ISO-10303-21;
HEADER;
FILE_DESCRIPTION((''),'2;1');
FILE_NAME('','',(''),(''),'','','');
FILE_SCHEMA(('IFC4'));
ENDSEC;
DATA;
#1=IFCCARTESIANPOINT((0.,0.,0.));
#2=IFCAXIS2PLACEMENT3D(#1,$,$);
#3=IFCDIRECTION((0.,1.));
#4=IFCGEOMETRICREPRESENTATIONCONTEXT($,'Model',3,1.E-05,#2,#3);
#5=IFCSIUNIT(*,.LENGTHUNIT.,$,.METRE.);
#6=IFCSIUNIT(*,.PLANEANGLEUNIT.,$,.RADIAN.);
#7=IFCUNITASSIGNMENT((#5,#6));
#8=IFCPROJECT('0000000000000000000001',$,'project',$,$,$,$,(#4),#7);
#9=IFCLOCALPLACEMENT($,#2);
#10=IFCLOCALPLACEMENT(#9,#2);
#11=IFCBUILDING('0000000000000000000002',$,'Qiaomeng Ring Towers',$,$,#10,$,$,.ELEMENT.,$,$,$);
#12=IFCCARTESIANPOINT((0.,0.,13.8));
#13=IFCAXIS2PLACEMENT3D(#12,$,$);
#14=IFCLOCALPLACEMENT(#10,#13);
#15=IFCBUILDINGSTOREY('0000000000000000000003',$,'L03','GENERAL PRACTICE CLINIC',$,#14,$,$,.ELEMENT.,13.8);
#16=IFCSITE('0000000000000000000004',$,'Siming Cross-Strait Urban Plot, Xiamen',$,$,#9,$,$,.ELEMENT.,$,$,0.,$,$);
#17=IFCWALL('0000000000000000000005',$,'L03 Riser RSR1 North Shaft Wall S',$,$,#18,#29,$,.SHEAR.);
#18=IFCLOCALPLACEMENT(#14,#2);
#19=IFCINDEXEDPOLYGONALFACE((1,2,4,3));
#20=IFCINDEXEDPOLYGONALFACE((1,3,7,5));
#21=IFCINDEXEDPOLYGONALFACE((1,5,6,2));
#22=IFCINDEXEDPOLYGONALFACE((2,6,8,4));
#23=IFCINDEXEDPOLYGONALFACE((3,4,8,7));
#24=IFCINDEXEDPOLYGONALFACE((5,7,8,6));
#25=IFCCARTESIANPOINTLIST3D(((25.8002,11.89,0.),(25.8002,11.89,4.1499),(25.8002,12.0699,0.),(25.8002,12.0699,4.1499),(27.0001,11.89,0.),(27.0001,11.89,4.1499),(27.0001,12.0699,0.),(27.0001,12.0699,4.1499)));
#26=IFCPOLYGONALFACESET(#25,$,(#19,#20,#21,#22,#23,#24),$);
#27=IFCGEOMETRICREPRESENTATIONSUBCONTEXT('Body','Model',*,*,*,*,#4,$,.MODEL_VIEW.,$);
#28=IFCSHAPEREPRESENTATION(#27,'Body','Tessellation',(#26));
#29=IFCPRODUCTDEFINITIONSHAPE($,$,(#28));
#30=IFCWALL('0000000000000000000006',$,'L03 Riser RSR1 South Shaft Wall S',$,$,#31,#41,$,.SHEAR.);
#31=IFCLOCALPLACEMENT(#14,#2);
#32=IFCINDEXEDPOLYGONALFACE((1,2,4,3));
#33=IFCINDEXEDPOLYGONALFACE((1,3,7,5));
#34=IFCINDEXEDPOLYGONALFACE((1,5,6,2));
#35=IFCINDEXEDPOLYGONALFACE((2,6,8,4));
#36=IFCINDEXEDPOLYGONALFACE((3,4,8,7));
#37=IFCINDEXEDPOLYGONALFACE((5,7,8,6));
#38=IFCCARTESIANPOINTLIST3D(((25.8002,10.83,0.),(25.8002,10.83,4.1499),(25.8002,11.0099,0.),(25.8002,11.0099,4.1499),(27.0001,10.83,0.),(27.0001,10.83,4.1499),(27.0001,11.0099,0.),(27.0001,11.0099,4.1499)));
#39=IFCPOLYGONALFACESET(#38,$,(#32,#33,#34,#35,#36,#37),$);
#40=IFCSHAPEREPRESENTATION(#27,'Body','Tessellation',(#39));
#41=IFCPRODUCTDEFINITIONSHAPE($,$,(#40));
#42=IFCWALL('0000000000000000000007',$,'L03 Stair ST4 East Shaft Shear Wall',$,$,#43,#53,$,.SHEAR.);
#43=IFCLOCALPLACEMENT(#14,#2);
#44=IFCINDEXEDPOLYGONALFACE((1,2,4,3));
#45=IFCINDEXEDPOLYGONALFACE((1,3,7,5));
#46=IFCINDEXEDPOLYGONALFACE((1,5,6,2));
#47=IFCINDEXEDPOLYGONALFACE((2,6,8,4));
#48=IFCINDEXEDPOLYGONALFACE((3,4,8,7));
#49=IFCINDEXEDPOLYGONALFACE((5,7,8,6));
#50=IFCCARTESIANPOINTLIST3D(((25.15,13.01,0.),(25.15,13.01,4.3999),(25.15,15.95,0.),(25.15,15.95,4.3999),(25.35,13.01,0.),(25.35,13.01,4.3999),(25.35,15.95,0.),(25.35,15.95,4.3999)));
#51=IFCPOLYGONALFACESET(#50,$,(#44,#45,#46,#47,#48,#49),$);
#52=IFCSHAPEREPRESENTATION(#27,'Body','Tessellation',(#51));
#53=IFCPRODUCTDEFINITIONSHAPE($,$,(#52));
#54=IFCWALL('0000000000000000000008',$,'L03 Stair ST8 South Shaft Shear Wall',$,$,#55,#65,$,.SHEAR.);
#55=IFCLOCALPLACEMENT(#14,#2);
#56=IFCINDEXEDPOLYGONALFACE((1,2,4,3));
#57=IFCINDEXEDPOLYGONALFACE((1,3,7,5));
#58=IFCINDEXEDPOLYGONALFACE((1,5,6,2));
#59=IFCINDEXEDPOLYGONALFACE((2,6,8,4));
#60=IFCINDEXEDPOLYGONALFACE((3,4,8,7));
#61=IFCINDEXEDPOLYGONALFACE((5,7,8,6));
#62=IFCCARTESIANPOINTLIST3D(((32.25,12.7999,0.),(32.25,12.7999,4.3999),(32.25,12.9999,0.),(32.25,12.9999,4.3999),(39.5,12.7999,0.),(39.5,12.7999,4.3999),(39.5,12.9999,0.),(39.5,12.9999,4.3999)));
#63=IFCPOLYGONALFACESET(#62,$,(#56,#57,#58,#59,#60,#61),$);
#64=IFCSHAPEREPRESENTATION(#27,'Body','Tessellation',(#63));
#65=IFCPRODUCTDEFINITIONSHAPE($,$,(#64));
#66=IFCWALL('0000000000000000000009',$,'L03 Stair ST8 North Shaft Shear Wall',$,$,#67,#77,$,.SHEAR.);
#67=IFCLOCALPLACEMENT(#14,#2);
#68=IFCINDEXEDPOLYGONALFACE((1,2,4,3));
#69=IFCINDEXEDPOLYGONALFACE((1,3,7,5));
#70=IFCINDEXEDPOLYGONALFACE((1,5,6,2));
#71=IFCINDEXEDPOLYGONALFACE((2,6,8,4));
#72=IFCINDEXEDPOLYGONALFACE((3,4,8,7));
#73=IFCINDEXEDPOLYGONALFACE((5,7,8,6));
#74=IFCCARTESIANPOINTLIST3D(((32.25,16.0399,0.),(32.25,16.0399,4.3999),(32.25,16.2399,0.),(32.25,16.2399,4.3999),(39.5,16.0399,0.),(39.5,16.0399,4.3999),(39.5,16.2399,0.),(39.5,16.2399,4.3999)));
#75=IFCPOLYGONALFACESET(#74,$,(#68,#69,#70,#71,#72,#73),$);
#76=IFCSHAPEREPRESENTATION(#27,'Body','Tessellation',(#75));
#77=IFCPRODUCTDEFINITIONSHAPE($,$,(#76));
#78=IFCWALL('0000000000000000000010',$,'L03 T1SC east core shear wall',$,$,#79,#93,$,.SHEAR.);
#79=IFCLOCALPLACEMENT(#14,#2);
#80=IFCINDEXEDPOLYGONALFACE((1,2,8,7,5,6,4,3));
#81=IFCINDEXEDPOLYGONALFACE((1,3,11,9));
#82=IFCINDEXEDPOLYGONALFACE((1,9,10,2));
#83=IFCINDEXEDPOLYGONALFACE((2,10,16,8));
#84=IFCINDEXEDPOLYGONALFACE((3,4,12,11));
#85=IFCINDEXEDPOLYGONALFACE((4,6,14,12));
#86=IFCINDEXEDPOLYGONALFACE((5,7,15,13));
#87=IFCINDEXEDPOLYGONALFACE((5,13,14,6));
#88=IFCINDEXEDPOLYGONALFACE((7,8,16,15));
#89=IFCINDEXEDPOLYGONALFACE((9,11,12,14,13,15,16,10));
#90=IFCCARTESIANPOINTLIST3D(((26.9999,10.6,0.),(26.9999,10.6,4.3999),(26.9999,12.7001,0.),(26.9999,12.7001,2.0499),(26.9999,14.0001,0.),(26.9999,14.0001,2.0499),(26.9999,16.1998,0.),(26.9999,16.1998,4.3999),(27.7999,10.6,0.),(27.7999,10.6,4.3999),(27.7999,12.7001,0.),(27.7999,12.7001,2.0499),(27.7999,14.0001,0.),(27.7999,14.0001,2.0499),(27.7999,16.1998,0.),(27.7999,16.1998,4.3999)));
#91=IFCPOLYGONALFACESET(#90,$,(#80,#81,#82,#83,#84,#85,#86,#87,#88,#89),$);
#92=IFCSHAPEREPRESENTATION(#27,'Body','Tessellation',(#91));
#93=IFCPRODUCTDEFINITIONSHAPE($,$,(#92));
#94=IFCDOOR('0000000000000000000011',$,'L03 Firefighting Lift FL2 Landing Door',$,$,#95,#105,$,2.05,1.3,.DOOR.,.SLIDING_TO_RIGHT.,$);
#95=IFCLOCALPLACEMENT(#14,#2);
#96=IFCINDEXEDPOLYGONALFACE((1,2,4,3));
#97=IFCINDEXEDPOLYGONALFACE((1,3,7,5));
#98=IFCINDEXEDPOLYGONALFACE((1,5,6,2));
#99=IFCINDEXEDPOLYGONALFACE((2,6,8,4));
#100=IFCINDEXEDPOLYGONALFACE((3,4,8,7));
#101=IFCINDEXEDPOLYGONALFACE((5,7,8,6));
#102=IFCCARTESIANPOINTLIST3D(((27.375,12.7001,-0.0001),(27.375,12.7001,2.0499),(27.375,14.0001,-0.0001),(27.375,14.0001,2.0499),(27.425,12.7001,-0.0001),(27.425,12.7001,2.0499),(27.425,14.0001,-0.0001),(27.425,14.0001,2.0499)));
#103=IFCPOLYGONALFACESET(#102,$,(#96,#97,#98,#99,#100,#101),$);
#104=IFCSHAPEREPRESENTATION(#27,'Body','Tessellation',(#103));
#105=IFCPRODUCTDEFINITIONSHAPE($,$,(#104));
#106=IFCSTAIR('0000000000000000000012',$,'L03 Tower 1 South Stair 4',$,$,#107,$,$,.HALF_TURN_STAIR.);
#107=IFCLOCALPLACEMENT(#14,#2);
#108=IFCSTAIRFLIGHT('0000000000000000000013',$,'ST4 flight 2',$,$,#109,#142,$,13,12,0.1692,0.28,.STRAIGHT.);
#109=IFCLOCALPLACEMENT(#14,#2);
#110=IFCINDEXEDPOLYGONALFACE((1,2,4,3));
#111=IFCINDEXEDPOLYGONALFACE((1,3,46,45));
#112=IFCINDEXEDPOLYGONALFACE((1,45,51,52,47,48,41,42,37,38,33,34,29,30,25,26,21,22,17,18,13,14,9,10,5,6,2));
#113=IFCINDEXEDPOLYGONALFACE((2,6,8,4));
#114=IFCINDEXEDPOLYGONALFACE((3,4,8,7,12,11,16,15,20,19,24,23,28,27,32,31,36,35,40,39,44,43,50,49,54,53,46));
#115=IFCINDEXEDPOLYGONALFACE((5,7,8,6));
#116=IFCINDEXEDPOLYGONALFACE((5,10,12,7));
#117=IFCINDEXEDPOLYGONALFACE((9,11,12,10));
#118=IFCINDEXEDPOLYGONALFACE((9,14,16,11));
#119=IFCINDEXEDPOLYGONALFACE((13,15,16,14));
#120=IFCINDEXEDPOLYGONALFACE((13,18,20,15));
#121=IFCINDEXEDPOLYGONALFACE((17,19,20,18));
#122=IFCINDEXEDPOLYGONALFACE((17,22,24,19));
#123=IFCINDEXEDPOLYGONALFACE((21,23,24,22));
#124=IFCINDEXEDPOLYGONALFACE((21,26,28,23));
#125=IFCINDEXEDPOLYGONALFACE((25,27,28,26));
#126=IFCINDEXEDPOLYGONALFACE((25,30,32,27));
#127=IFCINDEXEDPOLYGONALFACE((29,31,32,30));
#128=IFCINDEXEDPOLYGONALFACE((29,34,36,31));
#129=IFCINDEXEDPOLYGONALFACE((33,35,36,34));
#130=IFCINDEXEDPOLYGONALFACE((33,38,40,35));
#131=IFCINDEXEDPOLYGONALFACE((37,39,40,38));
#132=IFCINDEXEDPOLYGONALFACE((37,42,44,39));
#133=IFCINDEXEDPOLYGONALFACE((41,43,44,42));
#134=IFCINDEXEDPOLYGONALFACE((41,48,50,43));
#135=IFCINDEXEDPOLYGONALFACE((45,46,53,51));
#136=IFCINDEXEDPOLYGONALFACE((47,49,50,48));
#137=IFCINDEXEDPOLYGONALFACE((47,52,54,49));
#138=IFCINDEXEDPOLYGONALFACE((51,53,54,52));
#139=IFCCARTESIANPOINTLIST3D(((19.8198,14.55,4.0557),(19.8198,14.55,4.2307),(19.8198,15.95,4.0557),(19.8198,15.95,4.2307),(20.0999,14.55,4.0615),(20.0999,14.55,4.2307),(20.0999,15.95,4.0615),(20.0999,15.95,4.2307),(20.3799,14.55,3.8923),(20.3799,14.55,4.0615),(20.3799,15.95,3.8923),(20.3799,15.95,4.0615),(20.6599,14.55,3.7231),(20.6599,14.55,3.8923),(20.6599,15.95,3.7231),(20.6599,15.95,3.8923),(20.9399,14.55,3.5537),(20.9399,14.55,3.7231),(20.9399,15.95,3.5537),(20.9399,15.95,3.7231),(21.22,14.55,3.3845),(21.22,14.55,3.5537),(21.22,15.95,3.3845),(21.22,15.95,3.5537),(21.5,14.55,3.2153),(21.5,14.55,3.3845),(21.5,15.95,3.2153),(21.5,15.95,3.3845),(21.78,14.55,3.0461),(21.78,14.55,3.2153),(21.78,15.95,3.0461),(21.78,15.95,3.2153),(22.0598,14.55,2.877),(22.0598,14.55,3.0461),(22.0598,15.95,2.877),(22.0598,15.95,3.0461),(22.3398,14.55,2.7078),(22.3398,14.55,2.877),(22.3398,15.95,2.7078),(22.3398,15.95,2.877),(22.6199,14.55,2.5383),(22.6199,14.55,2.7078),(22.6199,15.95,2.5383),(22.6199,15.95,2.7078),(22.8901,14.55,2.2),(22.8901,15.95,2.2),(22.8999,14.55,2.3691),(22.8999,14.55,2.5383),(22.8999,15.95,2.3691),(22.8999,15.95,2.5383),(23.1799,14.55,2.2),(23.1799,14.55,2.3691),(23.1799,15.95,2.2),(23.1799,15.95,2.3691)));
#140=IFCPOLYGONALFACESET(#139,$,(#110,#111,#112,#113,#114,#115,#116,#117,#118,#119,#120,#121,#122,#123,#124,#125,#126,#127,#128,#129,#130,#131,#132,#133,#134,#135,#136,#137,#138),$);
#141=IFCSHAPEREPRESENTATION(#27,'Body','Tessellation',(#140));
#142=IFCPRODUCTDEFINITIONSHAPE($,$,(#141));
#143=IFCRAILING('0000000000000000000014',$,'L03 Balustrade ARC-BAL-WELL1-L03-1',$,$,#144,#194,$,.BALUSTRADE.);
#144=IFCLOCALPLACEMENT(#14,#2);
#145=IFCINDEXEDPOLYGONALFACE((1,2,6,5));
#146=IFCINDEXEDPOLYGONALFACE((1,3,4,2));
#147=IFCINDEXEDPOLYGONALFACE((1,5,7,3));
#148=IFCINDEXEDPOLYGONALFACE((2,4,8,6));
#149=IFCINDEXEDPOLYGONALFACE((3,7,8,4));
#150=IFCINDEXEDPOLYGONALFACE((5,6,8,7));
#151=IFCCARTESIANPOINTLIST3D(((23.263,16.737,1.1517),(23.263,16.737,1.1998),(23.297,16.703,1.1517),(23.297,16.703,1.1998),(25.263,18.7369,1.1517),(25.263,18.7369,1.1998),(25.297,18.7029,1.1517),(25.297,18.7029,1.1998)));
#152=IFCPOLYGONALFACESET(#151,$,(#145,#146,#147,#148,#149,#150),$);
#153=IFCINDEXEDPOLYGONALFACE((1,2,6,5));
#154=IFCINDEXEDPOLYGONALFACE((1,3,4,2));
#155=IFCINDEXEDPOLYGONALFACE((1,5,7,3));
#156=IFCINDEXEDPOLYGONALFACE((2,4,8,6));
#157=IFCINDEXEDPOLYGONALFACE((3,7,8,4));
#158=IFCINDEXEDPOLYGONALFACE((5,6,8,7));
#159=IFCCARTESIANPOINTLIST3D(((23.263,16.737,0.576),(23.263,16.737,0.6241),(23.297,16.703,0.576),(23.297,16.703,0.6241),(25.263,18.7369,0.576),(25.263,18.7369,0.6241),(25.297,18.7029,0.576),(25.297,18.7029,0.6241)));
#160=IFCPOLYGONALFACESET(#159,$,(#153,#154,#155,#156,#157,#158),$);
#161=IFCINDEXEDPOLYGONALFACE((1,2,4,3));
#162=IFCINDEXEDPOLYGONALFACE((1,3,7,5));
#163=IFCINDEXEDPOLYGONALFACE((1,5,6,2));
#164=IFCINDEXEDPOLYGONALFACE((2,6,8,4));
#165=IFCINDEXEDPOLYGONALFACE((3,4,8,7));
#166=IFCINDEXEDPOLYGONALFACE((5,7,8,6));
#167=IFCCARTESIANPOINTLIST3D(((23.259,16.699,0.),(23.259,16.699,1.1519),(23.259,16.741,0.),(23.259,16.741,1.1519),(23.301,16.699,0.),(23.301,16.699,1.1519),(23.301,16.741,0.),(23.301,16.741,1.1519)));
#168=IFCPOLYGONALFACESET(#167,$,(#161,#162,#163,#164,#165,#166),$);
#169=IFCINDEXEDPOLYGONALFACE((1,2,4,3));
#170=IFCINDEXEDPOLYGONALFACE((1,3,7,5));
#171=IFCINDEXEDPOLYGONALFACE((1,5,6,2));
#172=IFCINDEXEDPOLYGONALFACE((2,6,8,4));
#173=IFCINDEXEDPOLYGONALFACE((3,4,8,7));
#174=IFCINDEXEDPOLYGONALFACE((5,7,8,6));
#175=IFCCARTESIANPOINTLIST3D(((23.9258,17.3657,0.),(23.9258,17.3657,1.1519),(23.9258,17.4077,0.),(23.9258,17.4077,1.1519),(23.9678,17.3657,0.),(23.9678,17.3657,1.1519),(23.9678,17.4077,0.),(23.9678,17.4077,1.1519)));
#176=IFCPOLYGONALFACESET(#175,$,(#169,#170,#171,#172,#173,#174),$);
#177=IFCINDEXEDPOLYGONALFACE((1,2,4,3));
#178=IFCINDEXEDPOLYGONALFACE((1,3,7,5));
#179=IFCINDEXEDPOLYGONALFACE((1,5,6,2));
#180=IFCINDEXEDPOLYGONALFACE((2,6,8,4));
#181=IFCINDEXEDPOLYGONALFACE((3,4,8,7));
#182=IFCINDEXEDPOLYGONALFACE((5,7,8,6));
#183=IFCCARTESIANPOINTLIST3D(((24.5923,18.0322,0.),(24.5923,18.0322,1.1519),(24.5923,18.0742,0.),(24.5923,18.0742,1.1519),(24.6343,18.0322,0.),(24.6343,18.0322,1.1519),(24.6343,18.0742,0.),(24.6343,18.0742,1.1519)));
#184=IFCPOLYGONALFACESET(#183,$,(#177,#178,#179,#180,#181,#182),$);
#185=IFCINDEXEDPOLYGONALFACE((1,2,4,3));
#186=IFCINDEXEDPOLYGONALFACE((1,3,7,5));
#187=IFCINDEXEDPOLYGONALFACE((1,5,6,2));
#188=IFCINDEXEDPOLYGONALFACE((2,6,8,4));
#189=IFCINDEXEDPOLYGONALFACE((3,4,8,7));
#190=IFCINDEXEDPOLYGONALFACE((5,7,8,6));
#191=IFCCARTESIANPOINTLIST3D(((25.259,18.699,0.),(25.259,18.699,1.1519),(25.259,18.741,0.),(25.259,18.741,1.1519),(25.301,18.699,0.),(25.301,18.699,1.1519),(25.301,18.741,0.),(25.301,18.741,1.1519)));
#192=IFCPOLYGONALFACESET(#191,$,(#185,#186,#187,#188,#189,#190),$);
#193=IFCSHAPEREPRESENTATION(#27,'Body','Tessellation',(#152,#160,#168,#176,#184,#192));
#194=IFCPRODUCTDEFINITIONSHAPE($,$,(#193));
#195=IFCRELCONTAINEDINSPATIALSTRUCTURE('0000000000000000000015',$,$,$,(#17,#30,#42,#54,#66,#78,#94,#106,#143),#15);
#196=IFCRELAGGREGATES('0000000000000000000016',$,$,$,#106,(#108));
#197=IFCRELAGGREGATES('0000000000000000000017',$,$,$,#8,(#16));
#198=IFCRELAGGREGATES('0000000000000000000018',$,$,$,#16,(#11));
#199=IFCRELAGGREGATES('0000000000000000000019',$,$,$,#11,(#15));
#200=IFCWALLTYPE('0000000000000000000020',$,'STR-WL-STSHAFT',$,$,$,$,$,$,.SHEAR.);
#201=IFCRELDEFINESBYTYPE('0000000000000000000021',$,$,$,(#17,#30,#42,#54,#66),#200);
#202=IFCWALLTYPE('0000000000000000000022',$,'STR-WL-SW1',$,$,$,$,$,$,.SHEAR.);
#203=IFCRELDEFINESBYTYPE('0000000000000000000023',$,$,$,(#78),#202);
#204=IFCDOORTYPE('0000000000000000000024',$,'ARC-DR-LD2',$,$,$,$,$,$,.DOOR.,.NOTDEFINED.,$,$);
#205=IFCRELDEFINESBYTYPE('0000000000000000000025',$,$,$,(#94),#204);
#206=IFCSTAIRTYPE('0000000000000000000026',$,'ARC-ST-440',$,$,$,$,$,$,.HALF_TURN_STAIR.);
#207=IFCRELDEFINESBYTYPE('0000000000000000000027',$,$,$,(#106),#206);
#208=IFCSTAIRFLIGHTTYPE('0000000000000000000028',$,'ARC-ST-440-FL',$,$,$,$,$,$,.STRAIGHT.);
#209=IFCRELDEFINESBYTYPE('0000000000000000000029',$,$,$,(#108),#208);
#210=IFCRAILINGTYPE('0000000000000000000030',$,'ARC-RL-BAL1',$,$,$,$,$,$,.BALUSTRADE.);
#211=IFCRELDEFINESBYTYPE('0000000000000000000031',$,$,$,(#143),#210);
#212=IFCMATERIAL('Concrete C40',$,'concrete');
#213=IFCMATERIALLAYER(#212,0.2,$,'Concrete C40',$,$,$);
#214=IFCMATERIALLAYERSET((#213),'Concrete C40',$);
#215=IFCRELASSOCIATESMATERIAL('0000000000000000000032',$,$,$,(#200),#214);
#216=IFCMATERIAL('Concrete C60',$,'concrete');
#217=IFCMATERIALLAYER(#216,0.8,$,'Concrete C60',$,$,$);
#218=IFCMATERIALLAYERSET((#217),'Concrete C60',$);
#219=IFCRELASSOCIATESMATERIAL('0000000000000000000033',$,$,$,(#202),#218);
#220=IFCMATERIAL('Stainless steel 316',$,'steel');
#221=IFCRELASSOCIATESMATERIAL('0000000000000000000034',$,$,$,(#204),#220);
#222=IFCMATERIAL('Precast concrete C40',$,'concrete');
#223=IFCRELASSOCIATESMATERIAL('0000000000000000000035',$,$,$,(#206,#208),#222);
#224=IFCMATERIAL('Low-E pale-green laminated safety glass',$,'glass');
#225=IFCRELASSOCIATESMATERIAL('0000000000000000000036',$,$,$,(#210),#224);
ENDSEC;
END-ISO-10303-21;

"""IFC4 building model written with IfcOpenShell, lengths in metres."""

from ifc_helpers import new_model, si_unit, direction, frame, frame_2d, origin, origin_2d, place, context, subcontext, project, spatial, polyline, rectangle, outline, extrude, source, transform, mapped, material, layer, layer_set, type_object, element, fill, aggregate, save


model = new_model("IFC4")

# Units and contexts
model_context = context("Model", 3, precision=1e-05, world=origin(), true_north=direction((0.0, 1.0)))
body_context = subcontext(model_context, "Body", "Model", "MODEL_VIEW")
ifc_project = project(units=[si_unit("LENGTHUNIT", "METRE"), si_unit("PLANEANGLEUNIT", "RADIAN")], contexts=[model_context])

# Site, building, storey
site_placement = place(None, origin())
site = spatial("IfcSite", under=ifc_project, at=site_placement, Name="Siming Cross-Strait Urban Plot, Xiamen", CompositionType="ELEMENT", RefElevation=0.0)
building_placement = place(site_placement, origin())
building = spatial("IfcBuilding", under=site, at=building_placement, Name="Qiaomeng Ring Towers", CompositionType="ELEMENT")
storey_placement = place(building_placement, frame((0.0, 0.0, 13.8)))
storey = spatial("IfcBuildingStorey", under=building, at=storey_placement, Name="L03", Description="GENERAL PRACTICE CLINIC", CompositionType="ELEMENT", Elevation=13.8)

# Shared definitions
ifc_material_1 = material(Name="Concrete C60", Category="concrete")

# Shared definitions
ifc_material_2 = material(Name="Concrete C40", Category="concrete")

# Walls
ifc_layer_1 = layer(ifc_material_2, 0.2, Name="Concrete C40")
ifc_layer_set_1 = layer_set([ifc_layer_1], Name="Concrete C40")
wall_type_1 = type_object("IfcWallType", Name="STR-WL-STSHAFT", PredefinedType="SHEAR", material=ifc_layer_set_1)
for number, where, z_axis, x_axis, name in (
    (1, (25.8, 11.98, 0.0), (0.0, 0.0, 1.0), (1.0, 0.0, 0.0), "L03 Riser RSR1 North Shaft Wall S"),
    (2, (25.8, 10.9199, 0.0), (0.0, 0.0, 1.0), (1.0, 0.0, 0.0), "L03 Riser RSR1 South Shaft Wall S"),
):
    element("IfcWall", number, at=place(storey_placement, frame(where, z_axis=z_axis, x_axis=x_axis)), inside=storey, type_object=wall_type_1, Name=name, PredefinedType="SHEAR", context=body_context, shape_type="SweptSolid", body=[
        extrude(rectangle(XDim=1.2, YDim=0.1799, at=frame_2d((0.6001, 0.0))), origin(), (0.0, 0.0, 1.0), 4.1499),
    ])
wall_1_placement = place(storey_placement, frame((25.25, 13.01, 0.0), z_axis=(0.0, 0.0, 1.0), x_axis=(0.0, 1.0, 0.0)))
element("IfcWall", 3, at=wall_1_placement, inside=storey, type_object=wall_type_1, Name="L03 Stair ST4 East Shaft Shear Wall", PredefinedType="SHEAR", context=body_context, shape_type="SweptSolid", body=[
    extrude(rectangle(XDim=2.9399, YDim=0.2, at=frame_2d((1.47, 0.0))), origin(), (0.0, 0.0, 1.0), 4.3999),
])
for number, where, z_axis, x_axis, name in (
    (4, (32.25, 12.8999, 0.0), (0.0, 0.0, 1.0), (1.0, 0.0, 0.0), "L03 Stair ST8 South Shaft Shear Wall"),
    (5, (32.25, 16.1399, 0.0), (0.0, 0.0, 1.0), (1.0, 0.0, 0.0), "L03 Stair ST8 North Shaft Shear Wall"),
):
    element("IfcWall", number, at=place(storey_placement, frame(where, z_axis=z_axis, x_axis=x_axis)), inside=storey, type_object=wall_type_1, Name=name, PredefinedType="SHEAR", context=body_context, shape_type="SweptSolid", body=[
        extrude(rectangle(XDim=7.25, YDim=0.2, at=frame_2d((3.625, 0.0))), origin(), (0.0, 0.0, 1.0), 4.3999),
    ])

# Wall, opening, door
ifc_layer_2 = layer(ifc_material_1, 0.8, Name="Concrete C60")
ifc_layer_set_2 = layer_set([ifc_layer_2], Name="Concrete C60")
wall_type_2 = type_object("IfcWallType", Name="STR-WL-SW1", PredefinedType="SHEAR", material=ifc_layer_set_2)
wall_2_placement = place(storey_placement, frame((27.3999, 10.6001, 0.0), z_axis=(0.0, 0.0, 1.0), x_axis=(0.0, 1.0, 0.0)))
wall_2 = element("IfcWall", 6, at=wall_2_placement, inside=storey, type_object=wall_type_2, Name="L03 T1SC east core shear wall", PredefinedType="SHEAR", context=body_context, shape_type="SweptSolid", body=[
    extrude(rectangle(XDim=5.5999, YDim=0.8, at=frame_2d((2.7998, 0.0))), origin(), (0.0, 0.0, 1.0), 4.3999),
])
opening_1_placement = place(wall_2_placement, frame((2.1001, 0.0, 0.0)))
opening_1 = element("IfcOpeningElement", 7, at=opening_1_placement, cuts=wall_2, PredefinedType="OPENING", context=body_context, shape_type="SweptSolid", body=[
    extrude(rectangle(XDim=1.3, YDim=2.05, at=frame_2d((0.6499, 1.0249))), frame((0.0, 0.4099, 0.0), z_axis=(0.0, -1.0, 0.0), x_axis=(1.0, 0.0, 0.0)), (0.0, 0.0, 1.0), 0.8201),
])
ifc_material_3 = material(Name="Stainless steel 316", Category="steel")
door_type_1 = type_object("IfcDoorType", Name="ARC-DR-LD2", OperationType="NOTDEFINED", PredefinedType="DOOR", material=ifc_material_3)
shared_shape_1 = source(origin(), body_context, "Body", "SweptSolid", [
    extrude(rectangle(XDim=1.3, YDim=2.05, at=frame_2d((0.6499, 1.0249))), frame((0.0, 0.0249, 0.0), z_axis=(0.0, -1.0, 0.0), x_axis=(1.0, 0.0, 0.0)), (0.0, 0.0, 1.0), 0.05),
])
door_1_placement = place(opening_1_placement, origin())
door_1 = element("IfcDoor", 8, at=door_1_placement, inside=storey, type_object=door_type_1, Name="L03 Firefighting Lift FL2 Landing Door", OperationType="SLIDING_TO_RIGHT", OverallHeight=2.05, OverallWidth=1.3, PredefinedType="DOOR", context=body_context, shape_type="MappedRepresentation", body=[
    mapped(shared_shape_1, transform((0.0, 0.0, 0.0), x_axis=(1.0, 0.0, 0.0), y_axis=(0.0, 1.0, 0.0), z_axis=(0.0, 0.0, 1.0), scale=1.0)),
])
fill(opening_1, door_1)

# Stair, stair flight
ifc_material_4 = material(Name="Precast concrete C40", Category="concrete")
stair_type = type_object("IfcStairType", Name="ARC-ST-440", PredefinedType="HALF_TURN_STAIR", material=ifc_material_4)
stair_placement = place(storey_placement, origin())
stair = element("IfcStair", 9, at=stair_placement, inside=storey, type_object=stair_type, Name="L03 Tower 1 South Stair 4", PredefinedType="HALF_TURN_STAIR")
stair_flight_type = type_object("IfcStairFlightType", Name="ARC-ST-440-FL", PredefinedType="STRAIGHT", material=ifc_material_4)
shared_shape_2 = source(origin(), body_context, "Body", "SweptSolid", [
    extrude(outline(polyline([(0.0, 0.0), (0.0, 0.1692), (0.28, 0.1692), (0.28, 0.3384), (0.5601, 0.3384), (0.5601, 0.5078), (0.8401, 0.5078), (0.8401, 0.677), (1.1201, 0.677), (1.1201, 0.8462), (1.3999, 0.8462), (1.3999, 1.0154), (1.6799, 1.0154), (1.6799, 1.1846), (1.96, 1.1846), (1.96, 1.3538), (2.24, 1.3538), (2.24, 1.5232), (2.52, 1.5232), (2.52, 1.6924), (2.8, 1.6924), (2.8, 1.8616), (3.0801, 1.8616), (3.0801, 2.0308), (3.3601, 2.0308), (3.3601, 2.2), (3.3601, 1.8557), (0.2898, 0.0), (0.0, 0.0)])), frame((0.0, 0.7, 0.0), z_axis=(0.0, -1.0, 0.0), x_axis=(1.0, 0.0, 0.0)), (0.0, 0.0, 1.0), 1.3999),
])
stair_flight_placement = place(storey_placement, frame((23.1799, 15.25, 2.2), z_axis=(0.0, 0.0, 1.0), x_axis=(-1.0, 0.0, 0.0)))
stair_flight = element("IfcStairFlight", 10, at=stair_flight_placement, type_object=stair_flight_type, Name="ST4 flight 2", NumberOfRisers=13, NumberOfTreads=12, PredefinedType="STRAIGHT", RiserHeight=0.1692, TreadLength=0.28, context=body_context, shape_type="MappedRepresentation", body=[
    mapped(shared_shape_2, transform((0.0, 0.0, 0.0), x_axis=(1.0, 0.0, 0.0), y_axis=(0.0, 1.0, 0.0), z_axis=(0.0, 0.0, 1.0), scale=1.0)),
])
aggregate(stair, [stair_flight])

# Railing
ifc_material_5 = material(Name="Low-E pale-green laminated safety glass", Category="glass")
railing_type_1 = type_object("IfcRailingType", Name="ARC-RL-BAL1", PredefinedType="BALUSTRADE", material=ifc_material_5)
railing_1_placement = place(storey_placement, frame((23.28, 16.72, 0.0)))
element("IfcRailing", 11, at=railing_1_placement, inside=storey, type_object=railing_type_1, Name="L03 Balustrade ARC-BAL-WELL1-L03-1", PredefinedType="BALUSTRADE", context=body_context, shape_type="SweptSolid", body=[
    extrude(rectangle(XDim=0.0481, YDim=0.0481, at=origin_2d()), frame((0.0, 0.0, 1.1758), z_axis=(0.707107, 0.707107, 0.0), x_axis=(-0.707107, 0.707107, 0.0)), (0.0, 0.0, 1.0), 2.8284),
    extrude(rectangle(XDim=0.0481, YDim=0.0481, at=origin_2d()), frame((0.0, 0.0, 0.6001), z_axis=(0.707107, 0.707107, 0.0), x_axis=(-0.707107, 0.707107, 0.0)), (0.0, 0.0, 1.0), 2.8284),
    extrude(rectangle(XDim=0.042, YDim=0.042, at=origin_2d()), origin(), (0.0, 0.0, 1.0), 1.1519),
    extrude(rectangle(XDim=0.042, YDim=0.042, at=origin_2d()), frame((0.6667, 0.6667, 0.0)), (0.0, 0.0, 1.0), 1.1519),
    extrude(rectangle(XDim=0.042, YDim=0.042, at=origin_2d()), frame((1.3333, 1.3333, 0.0)), (0.0, 0.0, 1.0), 1.1519),
    extrude(rectangle(XDim=0.042, YDim=0.042, at=origin_2d()), frame((2.0, 2.0, 0.0)), (0.0, 0.0, 1.0), 1.1519),
])

save(model, "model.ifc")
